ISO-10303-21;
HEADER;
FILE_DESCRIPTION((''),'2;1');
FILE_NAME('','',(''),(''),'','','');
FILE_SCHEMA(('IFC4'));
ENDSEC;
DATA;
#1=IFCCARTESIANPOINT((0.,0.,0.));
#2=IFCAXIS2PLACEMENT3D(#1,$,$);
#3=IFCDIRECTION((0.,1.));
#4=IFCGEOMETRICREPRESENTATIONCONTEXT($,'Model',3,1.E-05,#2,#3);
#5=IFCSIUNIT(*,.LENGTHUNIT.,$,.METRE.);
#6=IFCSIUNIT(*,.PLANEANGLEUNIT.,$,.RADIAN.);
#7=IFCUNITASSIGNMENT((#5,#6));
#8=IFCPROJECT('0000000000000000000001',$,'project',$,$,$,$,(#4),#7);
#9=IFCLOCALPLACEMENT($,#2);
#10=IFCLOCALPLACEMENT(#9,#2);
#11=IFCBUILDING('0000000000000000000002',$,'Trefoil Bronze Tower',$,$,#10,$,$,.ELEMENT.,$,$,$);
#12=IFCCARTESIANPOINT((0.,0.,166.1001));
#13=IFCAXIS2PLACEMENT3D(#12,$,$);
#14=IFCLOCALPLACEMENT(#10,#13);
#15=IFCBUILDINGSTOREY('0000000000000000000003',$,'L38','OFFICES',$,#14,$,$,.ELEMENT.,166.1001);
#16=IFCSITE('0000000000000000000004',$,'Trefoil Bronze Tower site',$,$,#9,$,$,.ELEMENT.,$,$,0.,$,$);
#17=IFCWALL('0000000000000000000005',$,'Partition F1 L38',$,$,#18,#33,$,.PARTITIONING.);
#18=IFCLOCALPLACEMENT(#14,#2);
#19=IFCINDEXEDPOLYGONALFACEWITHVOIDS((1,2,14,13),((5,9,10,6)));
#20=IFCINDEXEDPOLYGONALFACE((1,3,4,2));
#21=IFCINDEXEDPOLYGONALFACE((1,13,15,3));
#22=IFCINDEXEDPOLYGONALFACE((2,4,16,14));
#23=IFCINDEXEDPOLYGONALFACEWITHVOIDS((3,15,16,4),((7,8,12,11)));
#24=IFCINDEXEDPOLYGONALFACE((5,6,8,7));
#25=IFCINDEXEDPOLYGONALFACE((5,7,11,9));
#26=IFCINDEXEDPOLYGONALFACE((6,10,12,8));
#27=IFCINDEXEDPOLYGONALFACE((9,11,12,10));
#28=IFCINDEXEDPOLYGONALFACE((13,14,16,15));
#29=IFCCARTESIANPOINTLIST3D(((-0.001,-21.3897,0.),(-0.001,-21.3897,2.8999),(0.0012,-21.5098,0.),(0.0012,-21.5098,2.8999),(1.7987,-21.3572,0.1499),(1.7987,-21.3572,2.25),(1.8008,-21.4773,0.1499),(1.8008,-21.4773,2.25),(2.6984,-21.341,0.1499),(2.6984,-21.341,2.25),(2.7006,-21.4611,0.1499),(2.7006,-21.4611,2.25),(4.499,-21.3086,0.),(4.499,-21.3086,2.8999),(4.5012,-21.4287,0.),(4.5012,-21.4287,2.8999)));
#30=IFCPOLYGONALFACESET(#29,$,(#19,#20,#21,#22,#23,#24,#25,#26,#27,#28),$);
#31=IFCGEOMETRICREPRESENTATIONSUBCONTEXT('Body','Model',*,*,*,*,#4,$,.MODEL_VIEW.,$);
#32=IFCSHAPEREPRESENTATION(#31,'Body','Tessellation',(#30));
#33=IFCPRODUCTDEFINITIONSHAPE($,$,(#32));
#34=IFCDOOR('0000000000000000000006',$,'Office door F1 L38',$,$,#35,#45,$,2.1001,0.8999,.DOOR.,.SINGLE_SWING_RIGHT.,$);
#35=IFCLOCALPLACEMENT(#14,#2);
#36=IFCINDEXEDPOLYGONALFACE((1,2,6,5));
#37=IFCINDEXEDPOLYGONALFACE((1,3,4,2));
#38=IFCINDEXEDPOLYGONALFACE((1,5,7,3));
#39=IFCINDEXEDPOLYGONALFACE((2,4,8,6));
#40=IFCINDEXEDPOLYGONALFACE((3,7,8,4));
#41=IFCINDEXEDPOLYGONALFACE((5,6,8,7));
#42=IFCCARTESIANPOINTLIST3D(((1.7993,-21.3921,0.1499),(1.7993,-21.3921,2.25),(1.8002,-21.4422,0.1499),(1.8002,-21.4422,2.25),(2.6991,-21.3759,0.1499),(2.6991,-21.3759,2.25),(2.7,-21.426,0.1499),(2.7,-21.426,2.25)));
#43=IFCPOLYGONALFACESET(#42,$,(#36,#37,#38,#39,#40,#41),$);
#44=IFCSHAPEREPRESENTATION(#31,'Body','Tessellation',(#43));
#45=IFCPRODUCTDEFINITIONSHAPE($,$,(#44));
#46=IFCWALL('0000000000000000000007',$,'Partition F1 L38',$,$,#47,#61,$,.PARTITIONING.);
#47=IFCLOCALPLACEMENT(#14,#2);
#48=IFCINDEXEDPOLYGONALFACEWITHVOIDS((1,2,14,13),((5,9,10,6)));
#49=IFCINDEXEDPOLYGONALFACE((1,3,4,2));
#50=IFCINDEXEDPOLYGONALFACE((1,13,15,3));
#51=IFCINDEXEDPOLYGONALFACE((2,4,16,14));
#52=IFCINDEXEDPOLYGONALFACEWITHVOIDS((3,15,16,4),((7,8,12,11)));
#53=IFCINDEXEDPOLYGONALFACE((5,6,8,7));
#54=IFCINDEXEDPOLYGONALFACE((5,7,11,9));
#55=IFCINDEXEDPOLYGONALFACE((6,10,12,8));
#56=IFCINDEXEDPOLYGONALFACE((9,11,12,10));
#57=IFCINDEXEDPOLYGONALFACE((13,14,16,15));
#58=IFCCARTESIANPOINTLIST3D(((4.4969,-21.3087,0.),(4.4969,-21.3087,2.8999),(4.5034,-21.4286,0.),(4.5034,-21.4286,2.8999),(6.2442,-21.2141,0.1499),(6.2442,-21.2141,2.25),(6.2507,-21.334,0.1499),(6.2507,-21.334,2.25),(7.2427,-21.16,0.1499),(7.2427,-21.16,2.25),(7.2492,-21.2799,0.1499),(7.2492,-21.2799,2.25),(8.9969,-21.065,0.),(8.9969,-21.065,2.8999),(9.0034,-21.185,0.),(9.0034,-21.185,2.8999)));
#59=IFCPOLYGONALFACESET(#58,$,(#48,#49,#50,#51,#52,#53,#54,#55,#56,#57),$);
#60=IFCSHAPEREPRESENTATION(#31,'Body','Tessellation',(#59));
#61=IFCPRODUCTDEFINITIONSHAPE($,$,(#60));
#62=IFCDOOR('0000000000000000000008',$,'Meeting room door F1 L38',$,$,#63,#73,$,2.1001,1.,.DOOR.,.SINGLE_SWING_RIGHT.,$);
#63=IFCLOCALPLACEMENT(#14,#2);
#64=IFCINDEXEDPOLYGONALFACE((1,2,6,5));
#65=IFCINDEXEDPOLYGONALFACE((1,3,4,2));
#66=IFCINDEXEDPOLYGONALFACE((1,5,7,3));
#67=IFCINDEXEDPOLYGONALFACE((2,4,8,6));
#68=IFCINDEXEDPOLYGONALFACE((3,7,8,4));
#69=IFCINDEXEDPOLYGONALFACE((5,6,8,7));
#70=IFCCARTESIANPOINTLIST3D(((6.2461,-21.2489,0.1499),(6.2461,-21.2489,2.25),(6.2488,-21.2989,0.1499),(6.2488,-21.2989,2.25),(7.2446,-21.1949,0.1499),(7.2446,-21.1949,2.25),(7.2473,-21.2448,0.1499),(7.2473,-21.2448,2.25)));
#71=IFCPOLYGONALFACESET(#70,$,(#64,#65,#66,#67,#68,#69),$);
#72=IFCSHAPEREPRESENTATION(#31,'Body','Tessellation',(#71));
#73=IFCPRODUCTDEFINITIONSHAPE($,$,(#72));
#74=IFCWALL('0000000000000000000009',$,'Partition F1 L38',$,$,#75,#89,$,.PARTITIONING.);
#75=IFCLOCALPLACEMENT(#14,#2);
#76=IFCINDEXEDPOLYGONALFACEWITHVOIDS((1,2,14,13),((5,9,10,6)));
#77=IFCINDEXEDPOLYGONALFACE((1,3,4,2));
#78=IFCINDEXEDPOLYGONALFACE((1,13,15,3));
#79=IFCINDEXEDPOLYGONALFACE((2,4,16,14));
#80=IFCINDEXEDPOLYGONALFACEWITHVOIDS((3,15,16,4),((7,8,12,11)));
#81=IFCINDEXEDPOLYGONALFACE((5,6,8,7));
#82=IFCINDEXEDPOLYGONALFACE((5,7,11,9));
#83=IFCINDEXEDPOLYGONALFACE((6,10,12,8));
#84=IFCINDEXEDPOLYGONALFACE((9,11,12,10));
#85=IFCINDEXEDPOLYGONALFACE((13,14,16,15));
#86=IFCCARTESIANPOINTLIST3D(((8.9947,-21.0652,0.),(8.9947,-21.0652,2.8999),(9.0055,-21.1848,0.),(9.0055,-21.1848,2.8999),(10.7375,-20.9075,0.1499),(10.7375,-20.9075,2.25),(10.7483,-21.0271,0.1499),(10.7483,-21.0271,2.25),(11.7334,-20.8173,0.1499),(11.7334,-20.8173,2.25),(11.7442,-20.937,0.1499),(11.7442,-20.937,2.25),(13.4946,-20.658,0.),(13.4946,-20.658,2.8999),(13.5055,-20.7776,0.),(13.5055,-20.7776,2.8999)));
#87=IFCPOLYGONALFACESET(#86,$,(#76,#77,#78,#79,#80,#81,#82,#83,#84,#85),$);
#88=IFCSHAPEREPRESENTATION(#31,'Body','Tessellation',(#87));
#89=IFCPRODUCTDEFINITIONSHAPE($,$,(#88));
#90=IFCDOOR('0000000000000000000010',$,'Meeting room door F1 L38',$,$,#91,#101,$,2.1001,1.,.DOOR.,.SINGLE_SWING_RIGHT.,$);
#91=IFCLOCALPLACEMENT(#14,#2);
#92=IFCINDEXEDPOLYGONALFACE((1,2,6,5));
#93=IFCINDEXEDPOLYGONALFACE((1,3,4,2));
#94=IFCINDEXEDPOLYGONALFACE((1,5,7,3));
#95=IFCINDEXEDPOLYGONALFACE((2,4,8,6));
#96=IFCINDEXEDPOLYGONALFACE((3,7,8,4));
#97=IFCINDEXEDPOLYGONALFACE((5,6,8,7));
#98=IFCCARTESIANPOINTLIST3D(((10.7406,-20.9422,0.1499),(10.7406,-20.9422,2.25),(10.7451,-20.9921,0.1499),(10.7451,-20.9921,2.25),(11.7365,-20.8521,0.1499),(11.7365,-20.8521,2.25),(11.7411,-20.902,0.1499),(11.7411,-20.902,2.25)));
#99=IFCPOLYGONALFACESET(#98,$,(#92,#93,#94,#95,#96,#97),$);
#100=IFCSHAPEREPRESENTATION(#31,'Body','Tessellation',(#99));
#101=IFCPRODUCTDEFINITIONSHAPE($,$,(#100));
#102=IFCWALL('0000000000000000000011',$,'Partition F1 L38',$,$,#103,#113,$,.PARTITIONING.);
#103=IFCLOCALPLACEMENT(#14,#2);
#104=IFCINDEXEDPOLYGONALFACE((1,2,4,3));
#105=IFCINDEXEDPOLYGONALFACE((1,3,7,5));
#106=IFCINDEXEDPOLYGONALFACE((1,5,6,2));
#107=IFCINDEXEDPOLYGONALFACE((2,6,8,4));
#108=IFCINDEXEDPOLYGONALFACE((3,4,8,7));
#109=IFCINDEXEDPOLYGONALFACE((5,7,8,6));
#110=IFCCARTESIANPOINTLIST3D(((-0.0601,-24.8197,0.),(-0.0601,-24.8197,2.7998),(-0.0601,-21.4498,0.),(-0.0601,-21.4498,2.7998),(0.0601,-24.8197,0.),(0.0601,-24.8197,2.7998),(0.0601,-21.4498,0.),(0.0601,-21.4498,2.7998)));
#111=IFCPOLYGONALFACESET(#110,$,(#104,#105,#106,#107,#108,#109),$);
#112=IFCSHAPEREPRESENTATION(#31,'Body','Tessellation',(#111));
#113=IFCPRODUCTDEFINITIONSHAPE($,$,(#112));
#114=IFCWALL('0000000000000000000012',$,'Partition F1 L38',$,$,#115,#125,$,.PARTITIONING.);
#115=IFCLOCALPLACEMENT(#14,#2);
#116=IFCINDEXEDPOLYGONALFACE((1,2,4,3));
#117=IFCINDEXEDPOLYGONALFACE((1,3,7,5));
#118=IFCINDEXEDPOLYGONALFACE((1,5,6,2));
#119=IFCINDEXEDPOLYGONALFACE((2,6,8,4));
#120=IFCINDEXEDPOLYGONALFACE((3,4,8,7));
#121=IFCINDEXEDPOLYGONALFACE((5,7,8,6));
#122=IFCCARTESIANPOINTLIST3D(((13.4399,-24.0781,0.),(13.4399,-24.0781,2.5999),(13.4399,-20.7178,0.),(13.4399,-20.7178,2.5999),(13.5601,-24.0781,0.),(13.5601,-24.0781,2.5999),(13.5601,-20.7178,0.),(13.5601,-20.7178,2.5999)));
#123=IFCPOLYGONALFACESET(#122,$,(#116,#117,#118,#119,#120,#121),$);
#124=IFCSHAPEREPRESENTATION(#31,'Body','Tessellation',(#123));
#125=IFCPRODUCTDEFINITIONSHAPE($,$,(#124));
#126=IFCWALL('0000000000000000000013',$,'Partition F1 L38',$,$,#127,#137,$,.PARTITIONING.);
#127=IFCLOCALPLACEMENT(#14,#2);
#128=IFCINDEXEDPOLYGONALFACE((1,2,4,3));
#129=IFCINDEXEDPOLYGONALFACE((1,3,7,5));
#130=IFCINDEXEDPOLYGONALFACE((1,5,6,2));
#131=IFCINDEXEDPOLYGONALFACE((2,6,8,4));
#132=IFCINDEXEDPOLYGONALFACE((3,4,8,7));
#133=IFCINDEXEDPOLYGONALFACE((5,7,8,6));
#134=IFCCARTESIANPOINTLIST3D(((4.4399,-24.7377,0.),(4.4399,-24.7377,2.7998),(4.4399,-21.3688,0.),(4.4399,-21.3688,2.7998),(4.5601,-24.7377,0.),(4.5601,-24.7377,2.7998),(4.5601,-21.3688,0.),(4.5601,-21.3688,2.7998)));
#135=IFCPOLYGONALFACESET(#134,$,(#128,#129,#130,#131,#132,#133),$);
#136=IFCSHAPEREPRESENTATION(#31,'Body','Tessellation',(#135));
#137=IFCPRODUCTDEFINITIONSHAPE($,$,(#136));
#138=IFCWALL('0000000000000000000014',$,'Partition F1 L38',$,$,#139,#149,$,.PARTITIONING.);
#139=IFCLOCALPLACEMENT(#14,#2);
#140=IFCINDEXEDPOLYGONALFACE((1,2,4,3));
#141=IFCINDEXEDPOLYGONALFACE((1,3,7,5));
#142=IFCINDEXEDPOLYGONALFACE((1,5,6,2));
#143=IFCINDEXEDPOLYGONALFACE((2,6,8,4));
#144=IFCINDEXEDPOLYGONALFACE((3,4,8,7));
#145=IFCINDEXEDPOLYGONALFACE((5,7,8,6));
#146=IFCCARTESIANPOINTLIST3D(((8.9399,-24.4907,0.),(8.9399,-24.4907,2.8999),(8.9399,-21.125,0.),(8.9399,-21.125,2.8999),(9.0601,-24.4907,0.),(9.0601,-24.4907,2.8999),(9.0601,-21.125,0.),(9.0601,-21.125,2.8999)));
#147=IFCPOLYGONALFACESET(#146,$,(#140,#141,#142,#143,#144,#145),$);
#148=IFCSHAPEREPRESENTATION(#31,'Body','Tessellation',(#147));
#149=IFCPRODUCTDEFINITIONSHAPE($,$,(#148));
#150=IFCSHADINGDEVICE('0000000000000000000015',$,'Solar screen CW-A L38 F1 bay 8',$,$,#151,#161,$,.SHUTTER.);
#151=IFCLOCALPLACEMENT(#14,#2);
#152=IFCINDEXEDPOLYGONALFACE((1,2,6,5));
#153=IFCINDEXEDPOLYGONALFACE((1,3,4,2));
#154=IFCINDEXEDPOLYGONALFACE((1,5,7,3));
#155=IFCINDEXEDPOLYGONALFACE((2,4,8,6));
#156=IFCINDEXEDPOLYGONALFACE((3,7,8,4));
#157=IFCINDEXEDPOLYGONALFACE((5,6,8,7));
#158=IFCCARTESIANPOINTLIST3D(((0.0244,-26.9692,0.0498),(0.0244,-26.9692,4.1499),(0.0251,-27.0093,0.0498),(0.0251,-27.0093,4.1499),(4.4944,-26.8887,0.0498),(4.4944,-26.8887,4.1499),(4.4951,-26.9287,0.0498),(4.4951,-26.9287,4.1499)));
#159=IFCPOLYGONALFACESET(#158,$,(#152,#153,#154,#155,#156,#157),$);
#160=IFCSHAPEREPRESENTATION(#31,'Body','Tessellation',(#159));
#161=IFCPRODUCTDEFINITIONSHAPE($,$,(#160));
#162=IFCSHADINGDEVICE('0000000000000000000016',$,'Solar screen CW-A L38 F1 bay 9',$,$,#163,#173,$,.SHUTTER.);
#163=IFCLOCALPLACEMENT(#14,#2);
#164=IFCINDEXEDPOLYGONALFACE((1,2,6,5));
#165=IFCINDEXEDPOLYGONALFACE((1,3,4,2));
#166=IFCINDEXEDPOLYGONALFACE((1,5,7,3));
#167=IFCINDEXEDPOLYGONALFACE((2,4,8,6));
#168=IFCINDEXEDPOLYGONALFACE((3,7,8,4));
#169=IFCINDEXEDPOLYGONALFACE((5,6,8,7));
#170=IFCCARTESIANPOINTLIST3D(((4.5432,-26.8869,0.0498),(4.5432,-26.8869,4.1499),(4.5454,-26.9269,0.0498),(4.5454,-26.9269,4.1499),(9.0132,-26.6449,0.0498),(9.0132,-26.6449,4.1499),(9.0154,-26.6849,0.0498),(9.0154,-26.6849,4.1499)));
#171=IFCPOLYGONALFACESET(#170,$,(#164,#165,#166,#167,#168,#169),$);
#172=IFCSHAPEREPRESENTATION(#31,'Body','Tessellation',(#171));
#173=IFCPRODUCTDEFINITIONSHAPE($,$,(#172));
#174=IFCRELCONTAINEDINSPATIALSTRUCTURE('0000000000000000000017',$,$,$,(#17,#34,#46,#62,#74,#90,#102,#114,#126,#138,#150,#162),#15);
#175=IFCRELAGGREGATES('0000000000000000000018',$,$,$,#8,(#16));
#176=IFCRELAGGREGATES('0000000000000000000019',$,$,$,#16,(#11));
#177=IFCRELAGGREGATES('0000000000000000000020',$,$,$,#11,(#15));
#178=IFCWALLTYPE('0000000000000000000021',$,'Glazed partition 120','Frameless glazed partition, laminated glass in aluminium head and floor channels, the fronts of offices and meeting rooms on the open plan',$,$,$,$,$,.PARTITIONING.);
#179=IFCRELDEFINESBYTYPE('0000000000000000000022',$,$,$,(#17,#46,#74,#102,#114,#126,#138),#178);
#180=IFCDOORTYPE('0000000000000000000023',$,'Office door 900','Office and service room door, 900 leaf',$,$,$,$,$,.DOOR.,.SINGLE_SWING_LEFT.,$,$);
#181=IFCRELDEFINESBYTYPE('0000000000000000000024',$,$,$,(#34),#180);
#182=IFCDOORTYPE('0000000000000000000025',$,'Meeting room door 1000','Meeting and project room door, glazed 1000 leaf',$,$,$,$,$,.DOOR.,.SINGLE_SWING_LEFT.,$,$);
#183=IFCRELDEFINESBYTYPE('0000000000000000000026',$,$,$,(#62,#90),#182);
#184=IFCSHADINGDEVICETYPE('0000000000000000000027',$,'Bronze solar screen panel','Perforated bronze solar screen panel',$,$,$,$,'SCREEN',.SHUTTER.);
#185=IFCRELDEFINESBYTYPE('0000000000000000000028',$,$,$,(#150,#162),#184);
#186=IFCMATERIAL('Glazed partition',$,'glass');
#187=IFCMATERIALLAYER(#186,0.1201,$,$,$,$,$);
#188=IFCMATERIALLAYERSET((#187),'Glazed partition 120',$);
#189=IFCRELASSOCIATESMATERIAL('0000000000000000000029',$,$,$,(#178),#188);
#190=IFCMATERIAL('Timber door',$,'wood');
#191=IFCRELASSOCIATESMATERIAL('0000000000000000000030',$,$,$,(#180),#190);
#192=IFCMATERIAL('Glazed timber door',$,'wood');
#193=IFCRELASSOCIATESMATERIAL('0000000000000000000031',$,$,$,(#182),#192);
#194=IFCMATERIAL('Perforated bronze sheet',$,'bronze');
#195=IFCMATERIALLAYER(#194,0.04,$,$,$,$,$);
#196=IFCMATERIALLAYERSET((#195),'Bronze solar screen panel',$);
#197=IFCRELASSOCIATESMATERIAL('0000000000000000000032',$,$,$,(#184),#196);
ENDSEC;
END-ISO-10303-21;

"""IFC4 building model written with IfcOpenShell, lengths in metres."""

from ifc_helpers import new_model, si_unit, direction, frame, frame_2d, origin, origin_2d, place, context, subcontext, project, spatial, rectangle, extrude, material, layer, layer_set, type_object, element, fill, save


model = new_model("IFC4")

# Units and contexts
model_context = context("Model", 3, precision=1e-05, world=origin(), true_north=direction((0.0, 1.0)))
body_context = subcontext(model_context, "Body", "Model", "MODEL_VIEW")
ifc_project = project(units=[si_unit("LENGTHUNIT", "METRE"), si_unit("PLANEANGLEUNIT", "RADIAN")], contexts=[model_context])

# Site, building, storey
site_placement = place(None, origin())
site = spatial("IfcSite", under=ifc_project, at=site_placement, Name="Trefoil Bronze Tower site", CompositionType="ELEMENT", RefElevation=0.0)
building_placement = place(site_placement, origin())
building = spatial("IfcBuilding", under=site, at=building_placement, Name="Trefoil Bronze Tower", CompositionType="ELEMENT")
storey_placement = place(building_placement, frame((0.0, 0.0, 166.1001)))
storey = spatial("IfcBuildingStorey", under=building, at=storey_placement, Name="L38", Description="OFFICES", CompositionType="ELEMENT", Elevation=166.1001)

# Walls, openings, doors
ifc_material_1 = material(Name="Glazed partition", Category="glass")
ifc_layer_1 = layer(ifc_material_1, 0.1201)
ifc_layer_set_1 = layer_set([ifc_layer_1], Name="Glazed partition 120")
wall_type_1 = type_object("IfcWallType", Name="Glazed partition 120", Description="Frameless glazed partition, laminated glass in aluminium head and floor channels, the fronts of offices and meeting rooms on the open plan", PredefinedType="PARTITIONING", material=ifc_layer_set_1)
wall_1_placement = place(storey_placement, frame((0.0, -21.4497, 0.0), z_axis=(0.0, 0.0, 1.0), x_axis=(0.999838, 0.018009, 0.0)))
wall_1 = element("IfcWall", 1, at=wall_1_placement, inside=storey, type_object=wall_type_1, Name="Partition F1 L38", PredefinedType="PARTITIONING", context=body_context, shape_type="SweptSolid", body=[
    extrude(rectangle(XDim=4.5007, YDim=0.1201, at=frame_2d((2.2505, 0.0))), origin(), (0.0, 0.0, 1.0), 2.8999),
])
opening_1_placement = place(wall_1_placement, frame((1.8, 0.0, 0.1499)))
opening_1 = element("IfcOpeningElement", 2, at=opening_1_placement, cuts=wall_1, PredefinedType="OPENING", context=body_context, shape_type="SweptSolid", body=[
    extrude(rectangle(XDim=0.8999, YDim=2.1001, at=frame_2d((0.45, 1.05))), frame((0.0, 0.0701, 0.0), z_axis=(0.0, -1.0, 0.0), x_axis=(1.0, 0.0, 0.0)), (0.0, 0.0, 1.0), 0.1401),
])
ifc_material_2 = material(Name="Timber door", Category="wood")
door_type_1 = type_object("IfcDoorType", Name="Office door 900", Description="Office and service room door, 900 leaf", OperationType="SINGLE_SWING_LEFT", PredefinedType="DOOR", material=ifc_material_2)
door_1_placement = place(opening_1_placement, frame((0.8999, 0.0, 0.0), z_axis=(0.0, 0.0, 1.0), x_axis=(-1.0, 0.0, 0.0)))
door_1 = element("IfcDoor", 3, at=door_1_placement, inside=storey, type_object=door_type_1, Name="Office door F1 L38", OperationType="SINGLE_SWING_RIGHT", OverallHeight=2.1001, OverallWidth=0.8999, PredefinedType="DOOR", context=body_context, shape_type="SweptSolid", body=[
    extrude(rectangle(XDim=0.8999, YDim=2.1001, at=frame_2d((0.45, 1.05))), frame((0.0, 0.0249, 0.0), z_axis=(0.0, -1.0, 0.0), x_axis=(1.0, 0.0, 0.0)), (0.0, 0.0, 1.0), 0.05),
])
fill(opening_1, door_1)
wall_2_placement = place(storey_placement, frame((4.5, -21.3687, 0.0), z_axis=(0.0, 0.0, 1.0), x_axis=(0.998537, 0.054066, 0.0)))
wall_2 = element("IfcWall", 4, at=wall_2_placement, inside=storey, type_object=wall_type_1, Name="Partition F1 L38", PredefinedType="PARTITIONING", context=body_context, shape_type="SweptSolid", body=[
    extrude(rectangle(XDim=4.5066, YDim=0.1201, at=frame_2d((2.2534, 0.0))), origin(), (0.0, 0.0, 1.0), 2.8999),
])
opening_2_placement = place(wall_2_placement, frame((1.75, 0.0, 0.1499)))
opening_2 = element("IfcOpeningElement", 5, at=opening_2_placement, cuts=wall_2, PredefinedType="OPENING", context=body_context, shape_type="SweptSolid", body=[
    extrude(rectangle(XDim=1.0, YDim=2.1001, at=frame_2d((0.5, 1.05))), frame((0.0, 0.0701, 0.0), z_axis=(0.0, -1.0, 0.0), x_axis=(1.0, 0.0, 0.0)), (0.0, 0.0, 1.0), 0.1401),
])
ifc_material_3 = material(Name="Glazed timber door", Category="wood")
door_type_2 = type_object("IfcDoorType", Name="Meeting room door 1000", Description="Meeting and project room door, glazed 1000 leaf", OperationType="SINGLE_SWING_LEFT", PredefinedType="DOOR", material=ifc_material_3)
door_2_placement = place(opening_2_placement, frame((1.0, 0.0, 0.0), z_axis=(0.0, 0.0, 1.0), x_axis=(-1.0, 0.0, 0.0)))
door_2 = element("IfcDoor", 6, at=door_2_placement, inside=storey, type_object=door_type_2, Name="Meeting room door F1 L38", OperationType="SINGLE_SWING_RIGHT", OverallHeight=2.1001, OverallWidth=1.0, PredefinedType="DOOR", context=body_context, shape_type="SweptSolid", body=[
    extrude(rectangle(XDim=1.0, YDim=2.1001, at=frame_2d((0.5, 1.05))), frame((0.0, 0.0249, 0.0), z_axis=(0.0, -1.0, 0.0), x_axis=(1.0, 0.0, 0.0)), (0.0, 0.0, 1.0), 0.05),
])
fill(opening_2, door_2)
wall_3_placement = place(storey_placement, frame((9.0, -21.125, 0.0), z_axis=(0.0, 0.0, 1.0), x_axis=(0.99593, 0.090127, 0.0)))
wall_3 = element("IfcWall", 7, at=wall_3_placement, inside=storey, type_object=wall_type_1, Name="Partition F1 L38", PredefinedType="PARTITIONING", context=body_context, shape_type="SweptSolid", body=[
    extrude(rectangle(XDim=4.5183, YDim=0.1201, at=frame_2d((2.2593, 0.0))), origin(), (0.0, 0.0, 1.0), 2.8999),
])
opening_3_placement = place(wall_3_placement, frame((1.75, 0.0, 0.1499)))
opening_3 = element("IfcOpeningElement", 8, at=opening_3_placement, cuts=wall_3, PredefinedType="OPENING", context=body_context, shape_type="SweptSolid", body=[
    extrude(rectangle(XDim=1.0, YDim=2.1001, at=frame_2d((0.5, 1.05))), frame((0.0, 0.0701, 0.0), z_axis=(0.0, -1.0, 0.0), x_axis=(1.0, 0.0, 0.0)), (0.0, 0.0, 1.0), 0.1401),
])
door_3_placement = place(opening_3_placement, frame((1.0, 0.0, 0.0), z_axis=(0.0, 0.0, 1.0), x_axis=(-1.0, 0.0, 0.0)))
door_3 = element("IfcDoor", 9, at=door_3_placement, inside=storey, type_object=door_type_2, Name="Meeting room door F1 L38", OperationType="SINGLE_SWING_RIGHT", OverallHeight=2.1001, OverallWidth=1.0, PredefinedType="DOOR", context=body_context, shape_type="SweptSolid", body=[
    extrude(rectangle(XDim=1.0, YDim=2.1001, at=frame_2d((0.5, 1.05))), frame((0.0, 0.0249, 0.0), z_axis=(0.0, -1.0, 0.0), x_axis=(1.0, 0.0, 0.0)), (0.0, 0.0, 1.0), 0.05),
])
fill(opening_3, door_3)

# Walls
wall_4_placement = place(storey_placement, frame((0.0, -21.4497, 0.0), z_axis=(0.0, 0.0, 1.0), x_axis=(0.0, -1.0, 0.0)))
element("IfcWall", 10, at=wall_4_placement, inside=storey, type_object=wall_type_1, Name="Partition F1 L38", PredefinedType="PARTITIONING", context=body_context, shape_type="SweptSolid", body=[
    extrude(rectangle(XDim=3.3699, YDim=0.1201, at=frame_2d((1.6851, 0.0))), origin(), (0.0, 0.0, 1.0), 2.7998),
])
wall_5_placement = place(storey_placement, frame((13.5, -20.7178, 0.0), z_axis=(0.0, 0.0, 1.0), x_axis=(0.0, -1.0, 0.0)))
element("IfcWall", 11, at=wall_5_placement, inside=storey, type_object=wall_type_1, Name="Partition F1 L38", PredefinedType="PARTITIONING", context=body_context, shape_type="SweptSolid", body=[
    extrude(rectangle(XDim=3.3604, YDim=0.1201, at=frame_2d((1.6802, 0.0))), origin(), (0.0, 0.0, 1.0), 2.5999),
])
wall_6_placement = place(storey_placement, frame((4.5, -21.3687, 0.0), z_axis=(0.0, 0.0, 1.0), x_axis=(0.0, -1.0, 0.0)))
element("IfcWall", 12, at=wall_6_placement, inside=storey, type_object=wall_type_1, Name="Partition F1 L38", PredefinedType="PARTITIONING", context=body_context, shape_type="SweptSolid", body=[
    extrude(rectangle(XDim=3.3689, YDim=0.1201, at=frame_2d((1.6846, 0.0))), origin(), (0.0, 0.0, 1.0), 2.7998),
])
wall_7_placement = place(storey_placement, frame((9.0, -21.125, 0.0), z_axis=(0.0, 0.0, 1.0), x_axis=(0.0, -1.0, 0.0)))
element("IfcWall", 13, at=wall_7_placement, inside=storey, type_object=wall_type_1, Name="Partition F1 L38", PredefinedType="PARTITIONING", context=body_context, shape_type="SweptSolid", body=[
    extrude(rectangle(XDim=3.3657, YDim=0.1201, at=frame_2d((1.6829, 0.0))), origin(), (0.0, 0.0, 1.0), 2.8999),
])

# Shading devices
ifc_material_4 = material(Name="Perforated bronze sheet", Category="bronze")
ifc_layer_2 = layer(ifc_material_4, 0.04)
ifc_layer_set_2 = layer_set([ifc_layer_2], Name="Bronze solar screen panel")
shading_device_type = type_object("IfcShadingDeviceType", Name="Bronze solar screen panel", Description="Perforated bronze solar screen panel", ElementType="SCREEN", PredefinedType="SHUTTER", material=ifc_layer_set_2)
shading_device_1_placement = place(storey_placement, frame((2.2598, -26.949, 0.0498), z_axis=(0.0, 0.0, 1.0), x_axis=(0.999838, 0.018021, 0.0)))
element("IfcShadingDevice", 14, at=shading_device_1_placement, inside=storey, type_object=shading_device_type, Name="Solar screen CW-A L38 F1 bay 8", PredefinedType="SHUTTER", context=body_context, shape_type="SweptSolid", body=[
    extrude(rectangle(XDim=4.4707, YDim=0.04, at=origin_2d()), origin(), (0.0, 0.0, 1.0), 4.1001),
])
shading_device_2_placement = place(storey_placement, frame((6.7793, -26.7859, 0.0498), z_axis=(0.0, 0.0, 1.0), x_axis=(0.998538, 0.054063, 0.0)))
element("IfcShadingDevice", 15, at=shading_device_2_placement, inside=storey, type_object=shading_device_type, Name="Solar screen CW-A L38 F1 bay 9", PredefinedType="SHUTTER", context=body_context, shape_type="SweptSolid", body=[
    extrude(rectangle(XDim=4.4766, YDim=0.04, at=origin_2d()), origin(), (0.0, 0.0, 1.0), 4.1001),
])

save(model, "model.ifc")
